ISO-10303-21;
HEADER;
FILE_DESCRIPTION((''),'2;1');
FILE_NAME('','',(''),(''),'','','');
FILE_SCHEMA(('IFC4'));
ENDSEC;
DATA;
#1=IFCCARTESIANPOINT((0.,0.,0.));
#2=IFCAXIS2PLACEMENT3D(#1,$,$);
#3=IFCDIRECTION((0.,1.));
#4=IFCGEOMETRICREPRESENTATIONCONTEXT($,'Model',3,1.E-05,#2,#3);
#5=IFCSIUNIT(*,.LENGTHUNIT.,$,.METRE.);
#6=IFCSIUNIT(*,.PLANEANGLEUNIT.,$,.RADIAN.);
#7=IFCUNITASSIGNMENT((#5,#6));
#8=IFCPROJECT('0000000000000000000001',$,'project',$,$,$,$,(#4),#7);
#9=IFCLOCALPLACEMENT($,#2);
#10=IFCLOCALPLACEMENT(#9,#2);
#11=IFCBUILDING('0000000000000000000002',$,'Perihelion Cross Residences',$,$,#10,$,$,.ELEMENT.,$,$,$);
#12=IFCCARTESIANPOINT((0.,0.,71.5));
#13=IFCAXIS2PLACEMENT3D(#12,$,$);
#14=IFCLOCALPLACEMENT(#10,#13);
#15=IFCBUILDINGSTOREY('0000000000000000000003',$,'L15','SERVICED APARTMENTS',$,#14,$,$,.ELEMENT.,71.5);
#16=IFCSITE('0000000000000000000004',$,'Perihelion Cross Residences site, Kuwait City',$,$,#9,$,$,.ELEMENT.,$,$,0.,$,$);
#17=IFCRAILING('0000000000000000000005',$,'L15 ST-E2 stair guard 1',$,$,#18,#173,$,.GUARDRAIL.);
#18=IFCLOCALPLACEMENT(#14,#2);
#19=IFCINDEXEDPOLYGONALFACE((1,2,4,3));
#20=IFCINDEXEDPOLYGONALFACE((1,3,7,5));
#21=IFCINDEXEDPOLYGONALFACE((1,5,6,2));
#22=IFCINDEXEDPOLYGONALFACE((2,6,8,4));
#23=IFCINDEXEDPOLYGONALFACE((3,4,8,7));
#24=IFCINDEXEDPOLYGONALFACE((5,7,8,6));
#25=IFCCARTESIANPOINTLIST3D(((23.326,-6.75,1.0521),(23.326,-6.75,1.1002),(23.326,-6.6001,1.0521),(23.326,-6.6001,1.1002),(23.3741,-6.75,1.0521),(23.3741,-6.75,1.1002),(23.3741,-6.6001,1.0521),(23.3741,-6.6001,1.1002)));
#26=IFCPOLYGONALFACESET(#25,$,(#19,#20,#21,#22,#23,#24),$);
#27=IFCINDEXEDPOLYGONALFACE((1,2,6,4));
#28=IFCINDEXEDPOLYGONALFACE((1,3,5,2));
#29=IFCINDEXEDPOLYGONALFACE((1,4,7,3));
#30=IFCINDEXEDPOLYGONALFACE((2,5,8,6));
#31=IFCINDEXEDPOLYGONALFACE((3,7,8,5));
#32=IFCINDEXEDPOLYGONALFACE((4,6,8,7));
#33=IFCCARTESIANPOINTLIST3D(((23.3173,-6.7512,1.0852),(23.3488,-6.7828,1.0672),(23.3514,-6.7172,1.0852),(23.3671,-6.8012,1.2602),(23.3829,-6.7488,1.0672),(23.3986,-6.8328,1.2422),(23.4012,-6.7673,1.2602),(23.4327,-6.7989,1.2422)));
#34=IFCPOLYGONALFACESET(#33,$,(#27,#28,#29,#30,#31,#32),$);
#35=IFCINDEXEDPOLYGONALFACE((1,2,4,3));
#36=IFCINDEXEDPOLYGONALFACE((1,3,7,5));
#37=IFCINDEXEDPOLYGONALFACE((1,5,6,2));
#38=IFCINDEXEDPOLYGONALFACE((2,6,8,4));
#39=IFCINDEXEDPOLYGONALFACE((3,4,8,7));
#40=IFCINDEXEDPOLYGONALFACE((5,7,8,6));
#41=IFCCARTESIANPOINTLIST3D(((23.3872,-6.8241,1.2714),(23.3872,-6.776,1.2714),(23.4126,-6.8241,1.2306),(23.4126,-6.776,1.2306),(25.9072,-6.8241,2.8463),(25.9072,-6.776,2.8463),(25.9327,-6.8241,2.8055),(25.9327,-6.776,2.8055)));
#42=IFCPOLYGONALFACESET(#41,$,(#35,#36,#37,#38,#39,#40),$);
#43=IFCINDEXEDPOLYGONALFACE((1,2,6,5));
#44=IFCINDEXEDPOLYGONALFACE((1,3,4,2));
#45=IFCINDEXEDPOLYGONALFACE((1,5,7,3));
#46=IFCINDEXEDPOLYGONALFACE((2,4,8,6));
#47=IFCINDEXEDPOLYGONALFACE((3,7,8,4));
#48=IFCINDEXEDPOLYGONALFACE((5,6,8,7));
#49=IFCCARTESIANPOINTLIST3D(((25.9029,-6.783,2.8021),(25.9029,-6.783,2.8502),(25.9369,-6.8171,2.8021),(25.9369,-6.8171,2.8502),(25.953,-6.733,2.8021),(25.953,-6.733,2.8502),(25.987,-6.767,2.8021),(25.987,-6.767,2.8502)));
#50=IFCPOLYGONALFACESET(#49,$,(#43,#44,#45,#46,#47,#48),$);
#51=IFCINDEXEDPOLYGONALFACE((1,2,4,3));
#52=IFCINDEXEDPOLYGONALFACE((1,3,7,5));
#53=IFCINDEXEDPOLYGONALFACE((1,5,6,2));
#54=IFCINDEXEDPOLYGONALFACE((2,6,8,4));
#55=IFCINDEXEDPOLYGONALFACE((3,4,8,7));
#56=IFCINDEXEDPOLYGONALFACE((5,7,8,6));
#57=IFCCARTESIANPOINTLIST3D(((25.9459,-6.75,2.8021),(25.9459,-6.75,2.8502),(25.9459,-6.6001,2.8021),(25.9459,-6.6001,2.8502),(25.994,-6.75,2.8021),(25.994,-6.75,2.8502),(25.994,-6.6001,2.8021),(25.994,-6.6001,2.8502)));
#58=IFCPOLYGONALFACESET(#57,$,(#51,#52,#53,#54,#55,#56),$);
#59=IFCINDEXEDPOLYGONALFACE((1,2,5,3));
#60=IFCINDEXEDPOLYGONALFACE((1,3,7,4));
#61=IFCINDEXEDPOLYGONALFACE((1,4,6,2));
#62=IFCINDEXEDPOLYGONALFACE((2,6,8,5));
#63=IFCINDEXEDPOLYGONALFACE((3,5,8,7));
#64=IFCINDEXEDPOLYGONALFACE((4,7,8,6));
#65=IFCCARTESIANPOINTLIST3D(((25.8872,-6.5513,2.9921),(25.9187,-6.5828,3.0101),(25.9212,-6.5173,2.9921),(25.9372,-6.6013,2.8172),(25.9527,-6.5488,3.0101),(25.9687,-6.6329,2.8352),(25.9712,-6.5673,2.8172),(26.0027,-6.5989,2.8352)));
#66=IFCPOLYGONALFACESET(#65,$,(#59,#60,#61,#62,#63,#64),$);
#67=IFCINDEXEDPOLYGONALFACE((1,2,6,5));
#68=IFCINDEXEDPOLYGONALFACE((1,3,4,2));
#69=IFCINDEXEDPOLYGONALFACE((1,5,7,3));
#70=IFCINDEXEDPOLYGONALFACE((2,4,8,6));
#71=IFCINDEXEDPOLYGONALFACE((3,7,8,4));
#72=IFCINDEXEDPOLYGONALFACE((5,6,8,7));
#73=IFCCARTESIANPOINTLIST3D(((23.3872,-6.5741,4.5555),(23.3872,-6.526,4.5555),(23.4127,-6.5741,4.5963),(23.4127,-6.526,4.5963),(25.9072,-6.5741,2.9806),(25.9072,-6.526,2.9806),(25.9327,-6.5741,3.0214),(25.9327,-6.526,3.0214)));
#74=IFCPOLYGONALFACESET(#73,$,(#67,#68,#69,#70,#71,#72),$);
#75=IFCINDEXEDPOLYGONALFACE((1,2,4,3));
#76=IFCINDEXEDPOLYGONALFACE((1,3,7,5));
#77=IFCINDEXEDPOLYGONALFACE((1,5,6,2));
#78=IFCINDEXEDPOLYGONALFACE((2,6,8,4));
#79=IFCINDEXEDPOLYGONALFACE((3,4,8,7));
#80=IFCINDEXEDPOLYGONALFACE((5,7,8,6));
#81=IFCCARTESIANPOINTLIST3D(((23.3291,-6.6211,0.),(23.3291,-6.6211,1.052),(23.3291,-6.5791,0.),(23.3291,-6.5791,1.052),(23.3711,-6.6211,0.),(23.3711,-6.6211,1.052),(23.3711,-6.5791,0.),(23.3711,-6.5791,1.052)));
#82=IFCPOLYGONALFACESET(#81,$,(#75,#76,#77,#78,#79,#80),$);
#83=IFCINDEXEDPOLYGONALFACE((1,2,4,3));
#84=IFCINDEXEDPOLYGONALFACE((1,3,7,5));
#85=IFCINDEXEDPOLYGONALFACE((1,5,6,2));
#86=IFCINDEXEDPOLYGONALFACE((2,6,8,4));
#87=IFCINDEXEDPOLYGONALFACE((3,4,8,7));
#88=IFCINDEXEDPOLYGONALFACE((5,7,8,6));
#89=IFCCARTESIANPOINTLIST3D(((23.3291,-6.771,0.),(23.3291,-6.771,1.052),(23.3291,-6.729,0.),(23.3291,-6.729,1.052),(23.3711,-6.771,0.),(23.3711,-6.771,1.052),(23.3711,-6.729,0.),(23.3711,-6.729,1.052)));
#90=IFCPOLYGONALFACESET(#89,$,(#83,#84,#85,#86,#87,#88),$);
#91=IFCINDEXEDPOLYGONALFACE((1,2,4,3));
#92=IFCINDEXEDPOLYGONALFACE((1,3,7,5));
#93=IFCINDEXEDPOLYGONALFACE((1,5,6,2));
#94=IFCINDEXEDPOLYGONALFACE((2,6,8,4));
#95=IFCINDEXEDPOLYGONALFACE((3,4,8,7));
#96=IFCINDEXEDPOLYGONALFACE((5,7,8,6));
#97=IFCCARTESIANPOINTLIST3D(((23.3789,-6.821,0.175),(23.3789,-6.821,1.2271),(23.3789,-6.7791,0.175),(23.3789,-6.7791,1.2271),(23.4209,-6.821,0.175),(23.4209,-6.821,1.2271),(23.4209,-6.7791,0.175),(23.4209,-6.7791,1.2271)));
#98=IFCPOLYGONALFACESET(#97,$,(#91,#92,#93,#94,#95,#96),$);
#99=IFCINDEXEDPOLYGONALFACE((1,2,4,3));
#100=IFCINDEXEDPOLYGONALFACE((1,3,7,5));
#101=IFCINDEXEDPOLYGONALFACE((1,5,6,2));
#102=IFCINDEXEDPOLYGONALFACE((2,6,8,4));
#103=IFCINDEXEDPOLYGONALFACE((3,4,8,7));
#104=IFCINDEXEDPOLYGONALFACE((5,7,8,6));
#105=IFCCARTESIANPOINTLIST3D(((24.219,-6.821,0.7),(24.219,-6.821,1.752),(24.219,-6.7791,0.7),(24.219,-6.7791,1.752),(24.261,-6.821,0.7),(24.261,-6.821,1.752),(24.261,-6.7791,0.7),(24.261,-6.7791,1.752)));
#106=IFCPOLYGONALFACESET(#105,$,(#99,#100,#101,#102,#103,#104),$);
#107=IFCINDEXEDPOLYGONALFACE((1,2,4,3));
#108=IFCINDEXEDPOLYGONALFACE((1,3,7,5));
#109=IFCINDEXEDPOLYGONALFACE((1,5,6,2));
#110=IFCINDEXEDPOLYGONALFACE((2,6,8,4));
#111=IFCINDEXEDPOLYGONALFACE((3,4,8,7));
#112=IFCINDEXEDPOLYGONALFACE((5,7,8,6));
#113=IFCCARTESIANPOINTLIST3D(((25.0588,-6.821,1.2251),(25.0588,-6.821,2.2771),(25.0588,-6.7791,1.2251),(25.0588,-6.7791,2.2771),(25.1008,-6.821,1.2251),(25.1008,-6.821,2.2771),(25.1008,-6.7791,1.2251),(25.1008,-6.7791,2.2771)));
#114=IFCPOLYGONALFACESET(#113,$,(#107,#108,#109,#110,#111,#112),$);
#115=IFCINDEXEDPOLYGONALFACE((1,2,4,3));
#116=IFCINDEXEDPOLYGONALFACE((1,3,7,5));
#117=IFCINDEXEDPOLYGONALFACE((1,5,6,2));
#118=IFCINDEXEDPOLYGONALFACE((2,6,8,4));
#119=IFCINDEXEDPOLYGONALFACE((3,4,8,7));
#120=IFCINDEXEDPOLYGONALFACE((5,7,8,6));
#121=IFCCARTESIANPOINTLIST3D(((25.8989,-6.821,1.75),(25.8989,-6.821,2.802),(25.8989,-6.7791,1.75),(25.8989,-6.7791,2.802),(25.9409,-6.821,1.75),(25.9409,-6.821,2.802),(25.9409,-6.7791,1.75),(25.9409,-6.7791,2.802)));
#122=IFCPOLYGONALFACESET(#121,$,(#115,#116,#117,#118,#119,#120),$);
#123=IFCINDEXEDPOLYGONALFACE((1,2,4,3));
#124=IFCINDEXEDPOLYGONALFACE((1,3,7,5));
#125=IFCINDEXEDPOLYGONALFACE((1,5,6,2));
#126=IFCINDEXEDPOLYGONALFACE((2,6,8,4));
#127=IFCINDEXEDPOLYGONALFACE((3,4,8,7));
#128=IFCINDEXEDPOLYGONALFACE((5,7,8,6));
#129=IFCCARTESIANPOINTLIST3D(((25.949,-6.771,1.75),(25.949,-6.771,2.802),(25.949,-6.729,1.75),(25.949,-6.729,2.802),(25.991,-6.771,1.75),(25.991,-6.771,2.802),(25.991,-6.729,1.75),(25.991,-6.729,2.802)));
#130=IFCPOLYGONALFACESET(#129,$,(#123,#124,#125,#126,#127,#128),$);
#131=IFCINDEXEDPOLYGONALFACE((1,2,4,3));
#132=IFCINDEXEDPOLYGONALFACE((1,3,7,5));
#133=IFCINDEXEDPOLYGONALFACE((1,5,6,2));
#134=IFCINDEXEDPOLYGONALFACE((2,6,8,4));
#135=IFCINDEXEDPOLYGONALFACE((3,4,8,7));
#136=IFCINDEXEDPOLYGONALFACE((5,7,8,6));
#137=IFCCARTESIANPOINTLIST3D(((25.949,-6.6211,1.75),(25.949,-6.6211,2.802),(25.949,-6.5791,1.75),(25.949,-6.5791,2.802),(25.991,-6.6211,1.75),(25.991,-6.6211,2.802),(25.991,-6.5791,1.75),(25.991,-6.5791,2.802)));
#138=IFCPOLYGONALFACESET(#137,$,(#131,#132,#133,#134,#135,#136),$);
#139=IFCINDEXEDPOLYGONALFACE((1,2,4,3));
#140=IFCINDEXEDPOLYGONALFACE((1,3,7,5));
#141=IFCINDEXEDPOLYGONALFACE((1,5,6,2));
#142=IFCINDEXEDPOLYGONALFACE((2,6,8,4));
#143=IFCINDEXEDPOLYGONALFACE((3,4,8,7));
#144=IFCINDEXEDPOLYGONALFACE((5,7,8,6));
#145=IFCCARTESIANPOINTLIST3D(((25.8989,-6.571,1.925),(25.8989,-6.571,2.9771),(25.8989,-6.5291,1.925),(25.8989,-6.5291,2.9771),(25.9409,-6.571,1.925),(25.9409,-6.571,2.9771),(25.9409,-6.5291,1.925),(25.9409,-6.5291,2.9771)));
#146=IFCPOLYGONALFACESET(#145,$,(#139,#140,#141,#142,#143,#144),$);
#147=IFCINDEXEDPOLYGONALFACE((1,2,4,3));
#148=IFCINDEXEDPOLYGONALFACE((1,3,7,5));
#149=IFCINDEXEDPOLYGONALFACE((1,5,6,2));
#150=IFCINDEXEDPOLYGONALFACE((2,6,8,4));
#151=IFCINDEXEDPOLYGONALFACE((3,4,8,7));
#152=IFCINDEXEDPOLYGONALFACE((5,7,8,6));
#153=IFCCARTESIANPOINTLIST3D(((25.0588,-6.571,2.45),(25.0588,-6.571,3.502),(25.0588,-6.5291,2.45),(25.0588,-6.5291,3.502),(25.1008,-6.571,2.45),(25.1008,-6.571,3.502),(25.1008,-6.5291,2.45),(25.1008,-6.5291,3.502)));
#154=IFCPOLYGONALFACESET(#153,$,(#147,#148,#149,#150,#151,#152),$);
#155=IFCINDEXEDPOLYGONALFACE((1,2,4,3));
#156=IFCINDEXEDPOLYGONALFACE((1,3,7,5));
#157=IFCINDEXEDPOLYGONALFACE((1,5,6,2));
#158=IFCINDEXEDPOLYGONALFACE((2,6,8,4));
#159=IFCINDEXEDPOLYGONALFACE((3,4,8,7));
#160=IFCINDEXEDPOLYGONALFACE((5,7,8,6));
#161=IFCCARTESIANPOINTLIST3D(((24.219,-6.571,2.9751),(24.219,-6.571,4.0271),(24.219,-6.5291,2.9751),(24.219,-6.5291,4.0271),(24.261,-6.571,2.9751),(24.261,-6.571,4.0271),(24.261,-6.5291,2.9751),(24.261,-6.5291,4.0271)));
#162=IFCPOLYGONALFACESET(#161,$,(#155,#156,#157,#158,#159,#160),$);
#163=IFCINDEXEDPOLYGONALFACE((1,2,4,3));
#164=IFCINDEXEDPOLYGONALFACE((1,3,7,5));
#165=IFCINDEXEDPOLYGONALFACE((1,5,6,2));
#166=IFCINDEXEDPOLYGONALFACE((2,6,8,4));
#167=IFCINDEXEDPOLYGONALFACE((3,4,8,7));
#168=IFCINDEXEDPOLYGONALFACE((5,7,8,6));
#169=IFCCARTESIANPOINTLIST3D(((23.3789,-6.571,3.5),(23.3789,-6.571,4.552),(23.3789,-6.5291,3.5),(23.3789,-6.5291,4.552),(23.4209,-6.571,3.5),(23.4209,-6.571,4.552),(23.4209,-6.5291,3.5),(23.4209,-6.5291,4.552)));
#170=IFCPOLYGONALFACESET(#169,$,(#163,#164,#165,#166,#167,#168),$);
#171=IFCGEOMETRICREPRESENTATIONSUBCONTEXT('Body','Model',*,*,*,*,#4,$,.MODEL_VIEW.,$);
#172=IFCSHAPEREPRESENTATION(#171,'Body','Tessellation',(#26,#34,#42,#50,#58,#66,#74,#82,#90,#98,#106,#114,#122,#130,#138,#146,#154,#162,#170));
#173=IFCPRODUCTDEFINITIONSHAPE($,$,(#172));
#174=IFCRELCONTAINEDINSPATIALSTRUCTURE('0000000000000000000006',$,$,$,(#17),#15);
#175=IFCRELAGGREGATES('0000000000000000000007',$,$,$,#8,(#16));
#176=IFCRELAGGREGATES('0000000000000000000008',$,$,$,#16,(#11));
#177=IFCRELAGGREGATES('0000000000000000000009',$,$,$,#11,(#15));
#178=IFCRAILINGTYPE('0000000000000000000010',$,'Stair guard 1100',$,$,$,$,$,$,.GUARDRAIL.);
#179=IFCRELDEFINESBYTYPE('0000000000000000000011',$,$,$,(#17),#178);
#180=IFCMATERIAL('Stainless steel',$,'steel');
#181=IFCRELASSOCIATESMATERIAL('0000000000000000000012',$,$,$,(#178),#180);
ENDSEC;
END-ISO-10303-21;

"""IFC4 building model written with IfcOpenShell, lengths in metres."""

from ifc_helpers import new_model, si_unit, direction, frame, origin, origin_2d, place, context, subcontext, project, spatial, rectangle, extrude, material, type_object, element, save


model = new_model("IFC4")

# Units and contexts
model_context = context("Model", 3, precision=1e-05, world=origin(), true_north=direction((0.0, 1.0)))
body_context = subcontext(model_context, "Body", "Model", "MODEL_VIEW")
ifc_project = project(units=[si_unit("LENGTHUNIT", "METRE"), si_unit("PLANEANGLEUNIT", "RADIAN")], contexts=[model_context])

# Site, building, storey
site_placement = place(None, origin())
site = spatial("IfcSite", under=ifc_project, at=site_placement, Name="Perihelion Cross Residences site, Kuwait City", CompositionType="ELEMENT", RefElevation=0.0)
building_placement = place(site_placement, origin())
building = spatial("IfcBuilding", under=site, at=building_placement, Name="Perihelion Cross Residences", CompositionType="ELEMENT")
storey_placement = place(building_placement, frame((0.0, 0.0, 71.5)))
storey = spatial("IfcBuildingStorey", under=building, at=storey_placement, Name="L15", Description="SERVICED APARTMENTS", CompositionType="ELEMENT", Elevation=71.5)

# Railing
ifc_material_1 = material(Name="Stainless steel", Category="steel")
railing_type_1 = type_object("IfcRailingType", Name="Stair guard 1100", PredefinedType="GUARDRAIL", material=ifc_material_1)
railing_1_placement = place(storey_placement, frame((23.3501, -6.6001, 0.0)))
element("IfcRailing", 1, at=railing_1_placement, inside=storey, type_object=railing_type_1, Name="L15 ST-E2 stair guard 1", PredefinedType="GUARDRAIL", context=body_context, shape_type="SweptSolid", body=[
    extrude(rectangle(XDim=0.0481, YDim=0.0481, at=origin_2d()), frame((0.0, 0.0, 1.0762), z_axis=(0.0, -1.0, 0.0), x_axis=(1.0, 0.0, 0.0)), (0.0, 0.0, 1.0), 0.1499),
    extrude(rectangle(XDim=0.0481, YDim=0.0481, at=origin_2d()), frame((0.0, -0.1499, 1.0762), z_axis=(0.263862, -0.265156, 0.927399), x_axis=(0.708834, 0.705376, 0.0)), (0.0, 0.0, 1.0), 0.1887),
    extrude(rectangle(XDim=0.0481, YDim=0.0481, at=origin_2d()), frame((0.0498, -0.2, 1.251), z_axis=(0.848008, 0.0, 0.529984), x_axis=(0.0, 1.0, 0.0)), (0.0, 0.0, 1.0), 2.9717),
    extrude(rectangle(XDim=0.0481, YDim=0.0481, at=origin_2d()), frame((2.5698, -0.2, 2.8262), z_axis=(0.707107, 0.707107, 0.0), x_axis=(-0.707107, 0.707107, 0.0)), (0.0, 0.0, 1.0), 0.0708),
    extrude(rectangle(XDim=0.0481, YDim=0.0481, at=origin_2d()), frame((2.6199, -0.1499, 2.8262), z_axis=(0.0, 1.0, 0.0), x_axis=(-1.0, 0.0, 0.0)), (0.0, 0.0, 1.0), 0.1499),
    extrude(rectangle(XDim=0.0481, YDim=0.0481, at=origin_2d()), frame((2.6199, 0.0, 2.8262), z_axis=(-0.265065, 0.265065, 0.927082), x_axis=(-0.707107, -0.707107, 0.0)), (0.0, 0.0, 1.0), 0.1887),
    extrude(rectangle(XDim=0.0481, YDim=0.0481, at=origin_2d()), frame((2.5698, 0.05, 3.001), z_axis=(-0.848008, 0.0, 0.529984), x_axis=(0.0, -1.0, 0.0)), (0.0, 0.0, 1.0), 2.9717),
    extrude(rectangle(XDim=0.042, YDim=0.042, at=origin_2d()), origin(), (0.0, 0.0, 1.0), 1.052),
    extrude(rectangle(XDim=0.042, YDim=0.042, at=origin_2d()), frame((0.0, -0.1499, 0.0)), (0.0, 0.0, 1.0), 1.052),
    extrude(rectangle(XDim=0.042, YDim=0.042, at=origin_2d()), frame((0.0498, -0.2, 0.175)), (0.0, 0.0, 1.0), 1.052),
    extrude(rectangle(XDim=0.042, YDim=0.042, at=origin_2d()), frame((0.8899, -0.2, 0.7)), (0.0, 0.0, 1.0), 1.052),
    extrude(rectangle(XDim=0.042, YDim=0.042, at=origin_2d()), frame((1.7297, -0.2, 1.2251)), (0.0, 0.0, 1.0), 1.052),
    extrude(rectangle(XDim=0.042, YDim=0.042, at=origin_2d()), frame((2.5698, -0.2, 1.75)), (0.0, 0.0, 1.0), 1.052),
    extrude(rectangle(XDim=0.042, YDim=0.042, at=origin_2d()), frame((2.6199, -0.1499, 1.75)), (0.0, 0.0, 1.0), 1.052),
    extrude(rectangle(XDim=0.042, YDim=0.042, at=origin_2d()), frame((2.6199, 0.0, 1.75)), (0.0, 0.0, 1.0), 1.052),
    extrude(rectangle(XDim=0.042, YDim=0.042, at=origin_2d()), frame((2.5698, 0.05, 1.925)), (0.0, 0.0, 1.0), 1.052),
    extrude(rectangle(XDim=0.042, YDim=0.042, at=origin_2d()), frame((1.7297, 0.05, 2.45)), (0.0, 0.0, 1.0), 1.052),
    extrude(rectangle(XDim=0.042, YDim=0.042, at=origin_2d()), frame((0.8899, 0.05, 2.9751)), (0.0, 0.0, 1.0), 1.052),
    extrude(rectangle(XDim=0.042, YDim=0.042, at=origin_2d()), frame((0.0498, 0.05, 3.5)), (0.0, 0.0, 1.0), 1.052),
])

save(model, "model.ifc")
